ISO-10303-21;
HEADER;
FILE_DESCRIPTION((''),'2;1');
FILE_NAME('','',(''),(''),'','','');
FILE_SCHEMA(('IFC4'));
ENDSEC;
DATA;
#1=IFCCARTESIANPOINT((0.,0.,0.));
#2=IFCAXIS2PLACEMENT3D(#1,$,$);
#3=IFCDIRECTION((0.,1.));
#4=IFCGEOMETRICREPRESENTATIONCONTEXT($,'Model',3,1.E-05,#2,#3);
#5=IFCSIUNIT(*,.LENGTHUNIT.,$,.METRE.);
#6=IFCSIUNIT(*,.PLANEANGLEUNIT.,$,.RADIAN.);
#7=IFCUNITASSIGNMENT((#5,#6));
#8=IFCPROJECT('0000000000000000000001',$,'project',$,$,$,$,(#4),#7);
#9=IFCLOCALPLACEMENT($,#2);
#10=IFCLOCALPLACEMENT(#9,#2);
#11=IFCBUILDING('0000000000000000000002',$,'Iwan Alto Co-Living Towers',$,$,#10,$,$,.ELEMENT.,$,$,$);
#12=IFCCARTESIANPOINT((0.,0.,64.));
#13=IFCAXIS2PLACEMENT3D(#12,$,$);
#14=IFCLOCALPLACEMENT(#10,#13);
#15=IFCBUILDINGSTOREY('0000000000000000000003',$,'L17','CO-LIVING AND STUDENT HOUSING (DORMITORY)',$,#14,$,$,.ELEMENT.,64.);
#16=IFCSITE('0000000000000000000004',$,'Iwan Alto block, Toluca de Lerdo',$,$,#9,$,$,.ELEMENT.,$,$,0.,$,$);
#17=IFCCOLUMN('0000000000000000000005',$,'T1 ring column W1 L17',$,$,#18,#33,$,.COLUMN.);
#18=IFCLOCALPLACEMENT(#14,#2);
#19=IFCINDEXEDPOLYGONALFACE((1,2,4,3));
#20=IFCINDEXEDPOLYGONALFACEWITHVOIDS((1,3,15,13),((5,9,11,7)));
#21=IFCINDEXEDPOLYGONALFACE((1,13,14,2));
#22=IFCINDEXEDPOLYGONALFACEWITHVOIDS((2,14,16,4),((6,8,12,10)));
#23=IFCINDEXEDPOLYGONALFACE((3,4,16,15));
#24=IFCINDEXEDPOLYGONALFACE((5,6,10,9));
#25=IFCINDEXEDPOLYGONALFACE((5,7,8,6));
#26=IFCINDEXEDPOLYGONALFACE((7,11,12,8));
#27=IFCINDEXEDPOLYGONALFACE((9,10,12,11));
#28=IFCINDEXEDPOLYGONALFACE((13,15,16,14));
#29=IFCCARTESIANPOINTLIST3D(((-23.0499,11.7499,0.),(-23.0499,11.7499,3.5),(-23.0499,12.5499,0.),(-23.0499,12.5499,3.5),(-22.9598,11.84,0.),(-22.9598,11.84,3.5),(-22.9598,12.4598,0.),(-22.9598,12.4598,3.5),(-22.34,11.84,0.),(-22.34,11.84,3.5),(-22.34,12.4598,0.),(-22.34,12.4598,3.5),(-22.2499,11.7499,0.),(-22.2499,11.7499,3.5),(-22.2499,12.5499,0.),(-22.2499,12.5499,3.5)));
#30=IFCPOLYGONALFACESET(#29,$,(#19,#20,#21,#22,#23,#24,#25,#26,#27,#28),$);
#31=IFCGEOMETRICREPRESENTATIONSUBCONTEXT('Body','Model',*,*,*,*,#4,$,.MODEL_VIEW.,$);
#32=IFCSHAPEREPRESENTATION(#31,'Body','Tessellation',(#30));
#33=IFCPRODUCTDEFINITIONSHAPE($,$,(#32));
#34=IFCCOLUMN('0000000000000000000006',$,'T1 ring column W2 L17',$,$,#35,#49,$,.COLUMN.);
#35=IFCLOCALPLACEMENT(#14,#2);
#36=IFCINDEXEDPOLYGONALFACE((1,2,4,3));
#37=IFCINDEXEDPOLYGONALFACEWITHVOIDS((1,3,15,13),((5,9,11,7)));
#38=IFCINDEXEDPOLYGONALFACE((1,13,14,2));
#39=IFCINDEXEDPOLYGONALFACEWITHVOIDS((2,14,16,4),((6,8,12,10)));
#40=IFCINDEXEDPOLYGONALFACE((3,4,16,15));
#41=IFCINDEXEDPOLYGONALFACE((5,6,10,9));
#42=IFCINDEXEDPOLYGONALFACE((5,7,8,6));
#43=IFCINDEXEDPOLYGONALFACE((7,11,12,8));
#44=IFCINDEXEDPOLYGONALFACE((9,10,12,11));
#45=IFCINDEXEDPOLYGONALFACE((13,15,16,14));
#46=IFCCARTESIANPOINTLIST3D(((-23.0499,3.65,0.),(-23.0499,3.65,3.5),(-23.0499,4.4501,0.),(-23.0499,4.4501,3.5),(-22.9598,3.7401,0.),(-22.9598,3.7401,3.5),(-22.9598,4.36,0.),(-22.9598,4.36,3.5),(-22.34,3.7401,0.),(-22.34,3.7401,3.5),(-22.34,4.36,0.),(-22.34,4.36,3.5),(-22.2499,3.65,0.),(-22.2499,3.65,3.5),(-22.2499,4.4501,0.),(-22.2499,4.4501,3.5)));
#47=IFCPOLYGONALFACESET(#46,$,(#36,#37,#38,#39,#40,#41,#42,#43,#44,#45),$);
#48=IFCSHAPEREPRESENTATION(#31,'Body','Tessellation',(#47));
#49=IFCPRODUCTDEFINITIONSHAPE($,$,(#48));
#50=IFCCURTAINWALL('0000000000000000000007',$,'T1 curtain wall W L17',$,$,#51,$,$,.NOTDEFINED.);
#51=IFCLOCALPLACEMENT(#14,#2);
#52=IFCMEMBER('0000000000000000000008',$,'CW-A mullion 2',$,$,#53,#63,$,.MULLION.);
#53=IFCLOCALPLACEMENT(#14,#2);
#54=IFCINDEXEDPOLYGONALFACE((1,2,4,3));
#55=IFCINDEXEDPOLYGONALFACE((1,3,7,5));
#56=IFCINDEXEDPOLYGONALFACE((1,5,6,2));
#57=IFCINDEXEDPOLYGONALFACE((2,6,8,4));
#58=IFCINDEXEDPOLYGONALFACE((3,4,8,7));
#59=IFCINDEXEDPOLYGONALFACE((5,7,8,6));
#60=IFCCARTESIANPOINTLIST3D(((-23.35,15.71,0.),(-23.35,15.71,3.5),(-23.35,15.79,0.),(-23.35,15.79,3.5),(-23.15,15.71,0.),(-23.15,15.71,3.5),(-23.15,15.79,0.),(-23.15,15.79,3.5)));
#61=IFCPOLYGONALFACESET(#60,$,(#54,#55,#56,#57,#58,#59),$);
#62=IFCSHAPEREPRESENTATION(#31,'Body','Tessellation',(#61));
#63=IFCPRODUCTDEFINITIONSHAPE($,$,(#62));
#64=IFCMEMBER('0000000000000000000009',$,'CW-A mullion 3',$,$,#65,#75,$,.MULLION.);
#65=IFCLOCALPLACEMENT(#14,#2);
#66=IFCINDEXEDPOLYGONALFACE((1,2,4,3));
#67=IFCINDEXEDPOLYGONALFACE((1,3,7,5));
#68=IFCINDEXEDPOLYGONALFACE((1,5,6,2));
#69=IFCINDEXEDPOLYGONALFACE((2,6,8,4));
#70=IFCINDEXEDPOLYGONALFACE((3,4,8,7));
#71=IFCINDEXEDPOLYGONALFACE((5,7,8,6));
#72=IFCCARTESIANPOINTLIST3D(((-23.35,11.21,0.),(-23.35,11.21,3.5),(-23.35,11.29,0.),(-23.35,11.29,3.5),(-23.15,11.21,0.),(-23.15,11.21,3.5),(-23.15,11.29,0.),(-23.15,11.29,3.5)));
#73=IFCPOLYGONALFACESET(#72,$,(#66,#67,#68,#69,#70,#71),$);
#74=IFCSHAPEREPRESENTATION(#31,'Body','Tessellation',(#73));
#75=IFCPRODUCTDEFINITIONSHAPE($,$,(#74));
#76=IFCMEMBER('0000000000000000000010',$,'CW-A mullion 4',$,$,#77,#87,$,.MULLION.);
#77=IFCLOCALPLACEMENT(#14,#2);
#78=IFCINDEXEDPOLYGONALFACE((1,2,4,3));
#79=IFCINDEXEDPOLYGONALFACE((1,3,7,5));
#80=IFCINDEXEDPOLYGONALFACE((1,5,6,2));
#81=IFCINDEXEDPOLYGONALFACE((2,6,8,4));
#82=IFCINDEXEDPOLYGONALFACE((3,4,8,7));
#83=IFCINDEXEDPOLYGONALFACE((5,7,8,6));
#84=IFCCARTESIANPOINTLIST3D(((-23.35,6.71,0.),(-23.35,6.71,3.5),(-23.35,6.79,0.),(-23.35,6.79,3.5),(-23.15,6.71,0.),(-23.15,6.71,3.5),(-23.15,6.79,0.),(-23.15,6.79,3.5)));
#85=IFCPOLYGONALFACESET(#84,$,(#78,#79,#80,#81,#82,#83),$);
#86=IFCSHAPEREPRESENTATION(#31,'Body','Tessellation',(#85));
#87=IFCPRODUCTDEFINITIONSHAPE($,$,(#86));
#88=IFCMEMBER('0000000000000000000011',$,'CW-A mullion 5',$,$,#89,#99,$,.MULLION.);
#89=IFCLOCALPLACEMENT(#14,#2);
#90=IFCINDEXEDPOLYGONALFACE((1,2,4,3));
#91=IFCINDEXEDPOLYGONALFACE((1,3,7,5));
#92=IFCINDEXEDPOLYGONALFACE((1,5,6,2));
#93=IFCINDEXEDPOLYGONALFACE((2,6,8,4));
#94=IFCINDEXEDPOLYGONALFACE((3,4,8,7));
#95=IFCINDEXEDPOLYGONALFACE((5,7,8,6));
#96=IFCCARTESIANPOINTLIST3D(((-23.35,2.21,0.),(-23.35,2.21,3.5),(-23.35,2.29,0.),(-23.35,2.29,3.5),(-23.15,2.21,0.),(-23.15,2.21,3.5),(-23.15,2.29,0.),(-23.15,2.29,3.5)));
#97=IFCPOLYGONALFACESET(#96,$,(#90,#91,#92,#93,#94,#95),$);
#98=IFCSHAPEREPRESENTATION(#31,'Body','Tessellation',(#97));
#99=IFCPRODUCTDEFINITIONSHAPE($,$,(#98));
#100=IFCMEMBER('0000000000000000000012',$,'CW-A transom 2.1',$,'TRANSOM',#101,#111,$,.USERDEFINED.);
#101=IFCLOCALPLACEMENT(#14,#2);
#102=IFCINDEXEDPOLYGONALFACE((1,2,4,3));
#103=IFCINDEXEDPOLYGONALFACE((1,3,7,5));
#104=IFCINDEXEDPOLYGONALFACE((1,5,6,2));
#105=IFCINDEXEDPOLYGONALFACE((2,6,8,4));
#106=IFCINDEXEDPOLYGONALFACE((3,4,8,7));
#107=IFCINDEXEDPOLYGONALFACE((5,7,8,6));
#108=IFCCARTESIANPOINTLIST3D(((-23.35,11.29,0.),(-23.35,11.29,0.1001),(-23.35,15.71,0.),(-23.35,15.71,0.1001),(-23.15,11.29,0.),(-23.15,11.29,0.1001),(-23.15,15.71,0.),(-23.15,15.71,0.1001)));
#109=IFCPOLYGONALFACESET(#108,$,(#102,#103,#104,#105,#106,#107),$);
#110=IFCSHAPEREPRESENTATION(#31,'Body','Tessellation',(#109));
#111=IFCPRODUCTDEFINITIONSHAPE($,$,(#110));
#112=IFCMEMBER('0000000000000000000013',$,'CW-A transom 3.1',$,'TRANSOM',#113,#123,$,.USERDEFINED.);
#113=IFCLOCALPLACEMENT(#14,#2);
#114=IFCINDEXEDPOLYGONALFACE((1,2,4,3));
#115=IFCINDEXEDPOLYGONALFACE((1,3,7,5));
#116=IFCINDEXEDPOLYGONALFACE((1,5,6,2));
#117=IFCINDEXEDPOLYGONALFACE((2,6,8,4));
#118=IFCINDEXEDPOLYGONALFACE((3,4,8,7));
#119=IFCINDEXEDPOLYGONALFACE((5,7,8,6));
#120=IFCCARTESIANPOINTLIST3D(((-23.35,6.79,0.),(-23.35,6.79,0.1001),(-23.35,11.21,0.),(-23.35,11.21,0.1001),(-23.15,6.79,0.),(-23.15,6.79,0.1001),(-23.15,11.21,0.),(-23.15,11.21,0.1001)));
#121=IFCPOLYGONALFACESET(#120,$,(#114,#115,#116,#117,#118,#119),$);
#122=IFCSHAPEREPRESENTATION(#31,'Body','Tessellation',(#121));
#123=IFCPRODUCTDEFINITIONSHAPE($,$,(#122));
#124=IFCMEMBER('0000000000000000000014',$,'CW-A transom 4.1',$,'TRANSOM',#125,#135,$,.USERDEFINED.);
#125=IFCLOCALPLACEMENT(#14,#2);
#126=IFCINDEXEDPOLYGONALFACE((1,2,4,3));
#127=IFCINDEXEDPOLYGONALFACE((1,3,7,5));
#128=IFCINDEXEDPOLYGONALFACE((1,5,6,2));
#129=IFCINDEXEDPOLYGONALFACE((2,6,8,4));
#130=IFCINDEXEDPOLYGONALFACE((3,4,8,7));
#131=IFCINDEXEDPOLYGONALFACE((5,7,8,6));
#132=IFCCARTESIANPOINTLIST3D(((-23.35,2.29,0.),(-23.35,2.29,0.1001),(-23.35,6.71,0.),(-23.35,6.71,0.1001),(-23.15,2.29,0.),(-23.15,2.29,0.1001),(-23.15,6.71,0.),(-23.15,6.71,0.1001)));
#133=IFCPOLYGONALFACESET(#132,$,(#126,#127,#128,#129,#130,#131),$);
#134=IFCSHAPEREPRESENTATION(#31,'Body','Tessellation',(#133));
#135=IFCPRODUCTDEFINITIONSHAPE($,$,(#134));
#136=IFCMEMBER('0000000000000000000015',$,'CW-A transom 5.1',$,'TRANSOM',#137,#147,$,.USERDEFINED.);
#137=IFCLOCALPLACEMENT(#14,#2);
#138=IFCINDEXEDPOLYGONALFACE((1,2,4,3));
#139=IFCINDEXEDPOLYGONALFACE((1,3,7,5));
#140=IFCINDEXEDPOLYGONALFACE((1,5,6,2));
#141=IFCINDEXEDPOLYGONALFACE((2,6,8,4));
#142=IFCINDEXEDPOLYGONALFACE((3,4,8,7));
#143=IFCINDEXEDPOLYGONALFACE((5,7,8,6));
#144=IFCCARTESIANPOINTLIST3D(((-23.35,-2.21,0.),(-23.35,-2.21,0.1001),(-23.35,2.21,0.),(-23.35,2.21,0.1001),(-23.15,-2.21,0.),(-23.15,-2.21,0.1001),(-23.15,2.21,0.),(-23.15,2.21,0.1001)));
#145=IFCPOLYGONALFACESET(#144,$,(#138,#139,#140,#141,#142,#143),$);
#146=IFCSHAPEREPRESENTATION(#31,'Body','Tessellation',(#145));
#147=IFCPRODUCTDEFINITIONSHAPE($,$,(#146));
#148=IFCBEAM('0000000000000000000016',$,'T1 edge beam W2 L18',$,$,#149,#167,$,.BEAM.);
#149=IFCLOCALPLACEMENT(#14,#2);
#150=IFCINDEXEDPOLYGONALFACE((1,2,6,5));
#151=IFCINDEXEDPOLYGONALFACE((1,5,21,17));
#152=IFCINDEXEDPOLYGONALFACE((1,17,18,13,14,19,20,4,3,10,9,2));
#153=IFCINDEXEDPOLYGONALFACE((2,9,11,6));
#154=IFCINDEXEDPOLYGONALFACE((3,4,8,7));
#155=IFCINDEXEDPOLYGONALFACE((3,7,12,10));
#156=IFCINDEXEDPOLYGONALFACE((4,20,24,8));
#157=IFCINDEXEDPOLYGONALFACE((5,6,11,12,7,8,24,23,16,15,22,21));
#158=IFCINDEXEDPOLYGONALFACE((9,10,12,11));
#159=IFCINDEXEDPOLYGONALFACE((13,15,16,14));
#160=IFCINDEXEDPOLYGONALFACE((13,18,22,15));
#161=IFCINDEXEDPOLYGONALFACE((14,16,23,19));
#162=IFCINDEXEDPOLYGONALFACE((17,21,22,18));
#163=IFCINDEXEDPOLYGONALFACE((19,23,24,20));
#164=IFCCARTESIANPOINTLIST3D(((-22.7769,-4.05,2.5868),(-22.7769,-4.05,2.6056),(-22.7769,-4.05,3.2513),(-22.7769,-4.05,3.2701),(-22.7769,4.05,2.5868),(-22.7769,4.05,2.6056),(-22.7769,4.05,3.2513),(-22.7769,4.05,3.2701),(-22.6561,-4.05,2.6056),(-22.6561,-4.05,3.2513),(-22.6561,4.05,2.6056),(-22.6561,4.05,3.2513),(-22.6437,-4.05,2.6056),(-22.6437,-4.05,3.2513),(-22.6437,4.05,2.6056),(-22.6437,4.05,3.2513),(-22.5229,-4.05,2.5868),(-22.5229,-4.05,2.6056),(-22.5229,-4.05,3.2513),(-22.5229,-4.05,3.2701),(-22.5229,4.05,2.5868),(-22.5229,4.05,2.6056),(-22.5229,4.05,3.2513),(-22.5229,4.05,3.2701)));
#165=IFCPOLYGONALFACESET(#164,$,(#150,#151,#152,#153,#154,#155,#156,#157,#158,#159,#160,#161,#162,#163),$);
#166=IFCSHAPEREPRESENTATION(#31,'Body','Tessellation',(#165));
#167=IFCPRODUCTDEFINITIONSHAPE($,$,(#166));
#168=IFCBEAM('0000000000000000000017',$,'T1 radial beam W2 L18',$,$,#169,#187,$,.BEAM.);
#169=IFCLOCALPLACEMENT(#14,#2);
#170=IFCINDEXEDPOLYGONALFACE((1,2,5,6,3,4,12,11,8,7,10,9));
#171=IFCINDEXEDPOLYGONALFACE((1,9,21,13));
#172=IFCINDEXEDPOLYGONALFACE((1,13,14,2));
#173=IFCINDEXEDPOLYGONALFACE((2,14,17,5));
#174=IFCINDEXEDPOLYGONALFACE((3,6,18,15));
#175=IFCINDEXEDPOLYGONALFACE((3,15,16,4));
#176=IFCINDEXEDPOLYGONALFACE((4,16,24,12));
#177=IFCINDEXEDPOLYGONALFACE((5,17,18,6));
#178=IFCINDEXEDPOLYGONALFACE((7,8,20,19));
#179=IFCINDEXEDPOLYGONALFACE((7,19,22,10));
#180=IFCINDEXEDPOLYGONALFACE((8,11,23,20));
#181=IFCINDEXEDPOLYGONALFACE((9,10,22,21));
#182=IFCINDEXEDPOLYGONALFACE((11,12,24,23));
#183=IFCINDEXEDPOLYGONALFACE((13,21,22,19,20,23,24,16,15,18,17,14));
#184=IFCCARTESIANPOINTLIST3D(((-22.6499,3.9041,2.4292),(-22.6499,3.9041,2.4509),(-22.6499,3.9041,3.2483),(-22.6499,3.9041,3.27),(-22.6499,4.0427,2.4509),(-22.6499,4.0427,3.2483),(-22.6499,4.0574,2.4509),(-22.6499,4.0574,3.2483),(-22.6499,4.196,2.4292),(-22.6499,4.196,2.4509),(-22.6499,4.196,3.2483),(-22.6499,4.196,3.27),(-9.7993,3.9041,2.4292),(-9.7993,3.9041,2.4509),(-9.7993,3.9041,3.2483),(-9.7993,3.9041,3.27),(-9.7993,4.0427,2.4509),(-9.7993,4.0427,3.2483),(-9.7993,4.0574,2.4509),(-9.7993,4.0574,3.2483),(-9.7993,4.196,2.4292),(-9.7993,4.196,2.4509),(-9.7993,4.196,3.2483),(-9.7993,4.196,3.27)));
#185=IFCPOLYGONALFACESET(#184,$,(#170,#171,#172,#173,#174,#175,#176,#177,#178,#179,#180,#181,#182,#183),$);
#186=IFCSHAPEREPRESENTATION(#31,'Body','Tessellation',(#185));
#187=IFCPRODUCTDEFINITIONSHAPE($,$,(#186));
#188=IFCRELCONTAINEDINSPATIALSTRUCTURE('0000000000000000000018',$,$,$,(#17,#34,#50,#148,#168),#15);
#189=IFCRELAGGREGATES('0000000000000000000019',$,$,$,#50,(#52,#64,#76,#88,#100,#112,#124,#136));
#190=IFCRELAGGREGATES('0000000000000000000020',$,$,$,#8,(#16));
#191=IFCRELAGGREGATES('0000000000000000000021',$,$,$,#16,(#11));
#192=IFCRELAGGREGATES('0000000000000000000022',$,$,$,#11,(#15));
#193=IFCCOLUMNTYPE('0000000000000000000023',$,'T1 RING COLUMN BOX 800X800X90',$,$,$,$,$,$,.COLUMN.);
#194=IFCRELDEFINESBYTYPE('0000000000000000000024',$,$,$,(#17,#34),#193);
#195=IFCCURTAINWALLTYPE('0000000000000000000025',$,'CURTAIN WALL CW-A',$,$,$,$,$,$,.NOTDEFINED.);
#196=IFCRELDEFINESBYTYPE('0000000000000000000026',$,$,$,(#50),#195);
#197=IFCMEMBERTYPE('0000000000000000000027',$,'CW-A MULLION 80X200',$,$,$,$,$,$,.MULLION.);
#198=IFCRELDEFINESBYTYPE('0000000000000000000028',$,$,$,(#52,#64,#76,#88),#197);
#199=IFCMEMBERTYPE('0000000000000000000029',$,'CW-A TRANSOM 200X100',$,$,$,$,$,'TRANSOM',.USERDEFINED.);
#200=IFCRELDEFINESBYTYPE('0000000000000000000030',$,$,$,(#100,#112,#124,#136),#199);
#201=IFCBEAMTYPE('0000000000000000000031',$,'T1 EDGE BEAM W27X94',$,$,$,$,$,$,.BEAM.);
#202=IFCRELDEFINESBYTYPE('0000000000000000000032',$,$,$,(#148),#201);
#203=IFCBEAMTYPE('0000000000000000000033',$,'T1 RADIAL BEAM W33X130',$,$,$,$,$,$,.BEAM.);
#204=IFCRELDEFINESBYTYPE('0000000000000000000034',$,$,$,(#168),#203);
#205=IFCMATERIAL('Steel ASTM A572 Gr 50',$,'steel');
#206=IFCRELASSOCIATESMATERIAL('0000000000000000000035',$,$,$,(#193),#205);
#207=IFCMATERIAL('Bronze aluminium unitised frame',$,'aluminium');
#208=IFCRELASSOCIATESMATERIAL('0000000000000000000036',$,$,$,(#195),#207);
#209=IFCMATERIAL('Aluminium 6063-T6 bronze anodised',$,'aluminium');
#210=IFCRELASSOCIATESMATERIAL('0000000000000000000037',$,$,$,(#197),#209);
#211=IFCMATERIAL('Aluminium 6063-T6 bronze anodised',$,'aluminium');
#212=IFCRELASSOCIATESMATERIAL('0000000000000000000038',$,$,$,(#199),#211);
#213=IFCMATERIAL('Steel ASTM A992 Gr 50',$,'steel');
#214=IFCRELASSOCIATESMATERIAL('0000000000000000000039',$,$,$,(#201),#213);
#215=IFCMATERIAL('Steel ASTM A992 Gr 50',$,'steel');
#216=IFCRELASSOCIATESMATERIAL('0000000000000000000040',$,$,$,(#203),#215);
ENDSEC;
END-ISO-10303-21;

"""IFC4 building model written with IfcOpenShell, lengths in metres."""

from ifc_helpers import new_model, si_unit, direction, frame, origin, origin_2d, place, context, subcontext, project, spatial, rectangle, hollow_rectangle, i_section, extrude, material, material_profile, profile_set, type_object, element, aggregate, save


model = new_model("IFC4")

# Units and contexts
model_context = context("Model", 3, precision=1e-05, world=origin(), true_north=direction((0.0, 1.0)))
body_context = subcontext(model_context, "Body", "Model", "MODEL_VIEW")
ifc_project = project(units=[si_unit("LENGTHUNIT", "METRE"), si_unit("PLANEANGLEUNIT", "RADIAN")], contexts=[model_context])

# Site, building, storey
site_placement = place(None, origin())
site = spatial("IfcSite", under=ifc_project, at=site_placement, Name="Iwan Alto block, Toluca de Lerdo", CompositionType="ELEMENT", RefElevation=0.0)
building_placement = place(site_placement, origin())
building = spatial("IfcBuilding", under=site, at=building_placement, Name="Iwan Alto Co-Living Towers", CompositionType="ELEMENT")
storey_placement = place(building_placement, frame((0.0, 0.0, 64.0)))
storey = spatial("IfcBuildingStorey", under=building, at=storey_placement, Name="L17", Description="CO-LIVING AND STUDENT HOUSING (DORMITORY)", CompositionType="ELEMENT", Elevation=64.0)

# Columns
ifc_material_1 = material(Name="Steel ASTM A572 Gr 50", Category="steel")
ifc_material_profile_1 = material_profile(ifc_material_1, hollow_rectangle(XDim=0.8, YDim=0.8, WallThickness=0.0901, at=origin_2d()), Name="BOX 800X800X90")
ifc_profile_set_1 = profile_set([ifc_material_profile_1], Name="Steel ASTM A572 Gr 50")
column_type = type_object("IfcColumnType", Name="T1 RING COLUMN BOX 800X800X90", PredefinedType="COLUMN", material=ifc_profile_set_1)
for number, where, z_axis, x_axis, name in (
    (1, (-22.6499, 12.1499, 0.0), (0.0, 0.0, 1.0), (1.0, 0.0, 0.0), "T1 ring column W1 L17"),
    (2, (-22.6499, 4.05, 0.0), (0.0, 0.0, 1.0), (1.0, 0.0, 0.0), "T1 ring column W2 L17"),
):
    element("IfcColumn", number, at=place(storey_placement, frame(where, z_axis=z_axis, x_axis=x_axis)), inside=storey, type_object=column_type, Name=name, PredefinedType="COLUMN", context=body_context, shape_type="SweptSolid", body=[
        extrude(hollow_rectangle(XDim=0.8, YDim=0.8, WallThickness=0.0901, at=origin_2d()), origin(), (0.0, 0.0, 1.0), 3.5),
    ])

# Curtain wall, members
ifc_material_2 = material(Name="Bronze aluminium unitised frame", Category="aluminium")
curtain_wall_type = type_object("IfcCurtainWallType", Name="CURTAIN WALL CW-A", PredefinedType="NOTDEFINED", material=ifc_material_2)
curtain_wall_placement = place(storey_placement, origin())
curtain_wall = element("IfcCurtainWall", 3, at=curtain_wall_placement, inside=storey, type_object=curtain_wall_type, Name="T1 curtain wall W L17", PredefinedType="NOTDEFINED")
ifc_material_3 = material(Name="Aluminium 6063-T6 bronze anodised", Category="aluminium")
ifc_material_profile_2 = material_profile(ifc_material_3, rectangle(XDim=0.2, YDim=0.0801, at=origin_2d()), Name="AL 80X200")
ifc_profile_set_2 = profile_set([ifc_material_profile_2], Name="Aluminium 6063-T6 bronze anodised")
member_type_1 = type_object("IfcMemberType", Name="CW-A MULLION 80X200", PredefinedType="MULLION", material=ifc_profile_set_2)
member_1_placement = place(storey_placement, frame((-23.25, 15.75, 0.0), z_axis=(0.0, 0.0, 1.0), x_axis=(1.0, 0.0, 0.0)))
member_1 = element("IfcMember", 4, at=member_1_placement, type_object=member_type_1, Name="CW-A mullion 2", PredefinedType="MULLION", context=body_context, shape_type="SweptSolid", body=[
    extrude(rectangle(XDim=0.2, YDim=0.0801, at=origin_2d()), origin(), (0.0, 0.0, 1.0), 3.5),
])
member_2_placement = place(storey_placement, frame((-23.25, 11.25, 0.0), z_axis=(0.0, 0.0, 1.0), x_axis=(1.0, 0.0, 0.0)))
member_2 = element("IfcMember", 5, at=member_2_placement, type_object=member_type_1, Name="CW-A mullion 3", PredefinedType="MULLION", context=body_context, shape_type="SweptSolid", body=[
    extrude(rectangle(XDim=0.2, YDim=0.0801, at=origin_2d()), origin(), (0.0, 0.0, 1.0), 3.5),
])
member_3_placement = place(storey_placement, frame((-23.25, 6.75, 0.0), z_axis=(0.0, 0.0, 1.0), x_axis=(1.0, 0.0, 0.0)))
member_3 = element("IfcMember", 6, at=member_3_placement, type_object=member_type_1, Name="CW-A mullion 4", PredefinedType="MULLION", context=body_context, shape_type="SweptSolid", body=[
    extrude(rectangle(XDim=0.2, YDim=0.0801, at=origin_2d()), origin(), (0.0, 0.0, 1.0), 3.5),
])
member_4_placement = place(storey_placement, frame((-23.25, 2.25, 0.0), z_axis=(0.0, 0.0, 1.0), x_axis=(1.0, 0.0, 0.0)))
member_4 = element("IfcMember", 7, at=member_4_placement, type_object=member_type_1, Name="CW-A mullion 5", PredefinedType="MULLION", context=body_context, shape_type="SweptSolid", body=[
    extrude(rectangle(XDim=0.2, YDim=0.0801, at=origin_2d()), origin(), (0.0, 0.0, 1.0), 3.5),
])
ifc_material_4 = material(Name="Aluminium 6063-T6 bronze anodised", Category="aluminium")
ifc_material_profile_3 = material_profile(ifc_material_4, rectangle(XDim=0.2, YDim=0.1001, at=origin_2d()), Name="AL 200X100")
ifc_profile_set_3 = profile_set([ifc_material_profile_3], Name="Aluminium 6063-T6 bronze anodised")
member_type_2 = type_object("IfcMemberType", Name="CW-A TRANSOM 200X100", ElementType="TRANSOM", PredefinedType="USERDEFINED", material=ifc_profile_set_3)
member_5_placement = place(storey_placement, frame((-23.25, 15.71, 0.05), z_axis=(0.0, -1.0, 0.0), x_axis=(1.0, 0.0, 0.0)))
member_5 = element("IfcMember", 8, at=member_5_placement, type_object=member_type_2, Name="CW-A transom 2.1", ObjectType="TRANSOM", PredefinedType="USERDEFINED", context=body_context, shape_type="SweptSolid", body=[
    extrude(rectangle(XDim=0.2, YDim=0.1001, at=origin_2d()), origin(), (0.0, 0.0, 1.0), 4.4199),
])
member_6_placement = place(storey_placement, frame((-23.25, 11.21, 0.05), z_axis=(0.0, -1.0, 0.0), x_axis=(1.0, 0.0, 0.0)))
member_6 = element("IfcMember", 9, at=member_6_placement, type_object=member_type_2, Name="CW-A transom 3.1", ObjectType="TRANSOM", PredefinedType="USERDEFINED", context=body_context, shape_type="SweptSolid", body=[
    extrude(rectangle(XDim=0.2, YDim=0.1001, at=origin_2d()), origin(), (0.0, 0.0, 1.0), 4.4199),
])
member_7_placement = place(storey_placement, frame((-23.25, 6.71, 0.05), z_axis=(0.0, -1.0, 0.0), x_axis=(1.0, 0.0, 0.0)))
member_7 = element("IfcMember", 10, at=member_7_placement, type_object=member_type_2, Name="CW-A transom 4.1", ObjectType="TRANSOM", PredefinedType="USERDEFINED", context=body_context, shape_type="SweptSolid", body=[
    extrude(rectangle(XDim=0.2, YDim=0.1001, at=origin_2d()), origin(), (0.0, 0.0, 1.0), 4.4199),
])
member_8_placement = place(storey_placement, frame((-23.25, 2.21, 0.05), z_axis=(0.0, -1.0, 0.0), x_axis=(1.0, 0.0, 0.0)))
member_8 = element("IfcMember", 11, at=member_8_placement, type_object=member_type_2, Name="CW-A transom 5.1", ObjectType="TRANSOM", PredefinedType="USERDEFINED", context=body_context, shape_type="SweptSolid", body=[
    extrude(rectangle(XDim=0.2, YDim=0.1001, at=origin_2d()), origin(), (0.0, 0.0, 1.0), 4.4199),
])

# Beams
ifc_material_5 = material(Name="Steel ASTM A992 Gr 50", Category="steel")
ifc_material_profile_4 = material_profile(ifc_material_5, i_section(OverallWidth=0.2539, OverallDepth=0.6833, WebThickness=0.0125, FlangeThickness=0.0188, at=origin_2d()), Name="W27X94")
ifc_profile_set_4 = profile_set([ifc_material_profile_4], Name="Steel ASTM A992 Gr 50")
beam_type_1 = type_object("IfcBeamType", Name="T1 EDGE BEAM W27X94", PredefinedType="BEAM", material=ifc_profile_set_4)
beam_1_placement = place(storey_placement, frame((-22.6499, 4.05, 2.9285), z_axis=(0.0, -1.0, 0.0), x_axis=(1.0, 0.0, 0.0)))
element("IfcBeam", 12, at=beam_1_placement, inside=storey, type_object=beam_type_1, Name="T1 edge beam W2 L18", PredefinedType="BEAM", context=body_context, shape_type="SweptSolid", body=[
    extrude(i_section(OverallWidth=0.2539, OverallDepth=0.6833, WebThickness=0.0125, FlangeThickness=0.0188, at=origin_2d()), origin(), (0.0, 0.0, 1.0), 8.1001),
])
ifc_material_6 = material(Name="Steel ASTM A992 Gr 50", Category="steel")
ifc_material_profile_5 = material_profile(ifc_material_6, i_section(OverallWidth=0.292, OverallDepth=0.8408, WebThickness=0.0146, FlangeThickness=0.0217, at=origin_2d()), Name="W33X130")
ifc_profile_set_5 = profile_set([ifc_material_profile_5], Name="Steel ASTM A992 Gr 50")
beam_type_2 = type_object("IfcBeamType", Name="T1 RADIAL BEAM W33X130", PredefinedType="BEAM", material=ifc_profile_set_5)
beam_2_placement = place(storey_placement, frame((-22.6499, 4.05, 2.8496), z_axis=(1.0, 0.0, 0.0), x_axis=(0.0, 1.0, 0.0)))
element("IfcBeam", 13, at=beam_2_placement, inside=storey, type_object=beam_type_2, Name="T1 radial beam W2 L18", PredefinedType="BEAM", context=body_context, shape_type="SweptSolid", body=[
    extrude(i_section(OverallWidth=0.292, OverallDepth=0.8408, WebThickness=0.0146, FlangeThickness=0.0217, at=origin_2d()), origin(), (0.0, 0.0, 1.0), 12.8506),
])

aggregate(curtain_wall, [member_1, member_2, member_3, member_4, member_5, member_6, member_7, member_8])

save(model, "model.ifc")
